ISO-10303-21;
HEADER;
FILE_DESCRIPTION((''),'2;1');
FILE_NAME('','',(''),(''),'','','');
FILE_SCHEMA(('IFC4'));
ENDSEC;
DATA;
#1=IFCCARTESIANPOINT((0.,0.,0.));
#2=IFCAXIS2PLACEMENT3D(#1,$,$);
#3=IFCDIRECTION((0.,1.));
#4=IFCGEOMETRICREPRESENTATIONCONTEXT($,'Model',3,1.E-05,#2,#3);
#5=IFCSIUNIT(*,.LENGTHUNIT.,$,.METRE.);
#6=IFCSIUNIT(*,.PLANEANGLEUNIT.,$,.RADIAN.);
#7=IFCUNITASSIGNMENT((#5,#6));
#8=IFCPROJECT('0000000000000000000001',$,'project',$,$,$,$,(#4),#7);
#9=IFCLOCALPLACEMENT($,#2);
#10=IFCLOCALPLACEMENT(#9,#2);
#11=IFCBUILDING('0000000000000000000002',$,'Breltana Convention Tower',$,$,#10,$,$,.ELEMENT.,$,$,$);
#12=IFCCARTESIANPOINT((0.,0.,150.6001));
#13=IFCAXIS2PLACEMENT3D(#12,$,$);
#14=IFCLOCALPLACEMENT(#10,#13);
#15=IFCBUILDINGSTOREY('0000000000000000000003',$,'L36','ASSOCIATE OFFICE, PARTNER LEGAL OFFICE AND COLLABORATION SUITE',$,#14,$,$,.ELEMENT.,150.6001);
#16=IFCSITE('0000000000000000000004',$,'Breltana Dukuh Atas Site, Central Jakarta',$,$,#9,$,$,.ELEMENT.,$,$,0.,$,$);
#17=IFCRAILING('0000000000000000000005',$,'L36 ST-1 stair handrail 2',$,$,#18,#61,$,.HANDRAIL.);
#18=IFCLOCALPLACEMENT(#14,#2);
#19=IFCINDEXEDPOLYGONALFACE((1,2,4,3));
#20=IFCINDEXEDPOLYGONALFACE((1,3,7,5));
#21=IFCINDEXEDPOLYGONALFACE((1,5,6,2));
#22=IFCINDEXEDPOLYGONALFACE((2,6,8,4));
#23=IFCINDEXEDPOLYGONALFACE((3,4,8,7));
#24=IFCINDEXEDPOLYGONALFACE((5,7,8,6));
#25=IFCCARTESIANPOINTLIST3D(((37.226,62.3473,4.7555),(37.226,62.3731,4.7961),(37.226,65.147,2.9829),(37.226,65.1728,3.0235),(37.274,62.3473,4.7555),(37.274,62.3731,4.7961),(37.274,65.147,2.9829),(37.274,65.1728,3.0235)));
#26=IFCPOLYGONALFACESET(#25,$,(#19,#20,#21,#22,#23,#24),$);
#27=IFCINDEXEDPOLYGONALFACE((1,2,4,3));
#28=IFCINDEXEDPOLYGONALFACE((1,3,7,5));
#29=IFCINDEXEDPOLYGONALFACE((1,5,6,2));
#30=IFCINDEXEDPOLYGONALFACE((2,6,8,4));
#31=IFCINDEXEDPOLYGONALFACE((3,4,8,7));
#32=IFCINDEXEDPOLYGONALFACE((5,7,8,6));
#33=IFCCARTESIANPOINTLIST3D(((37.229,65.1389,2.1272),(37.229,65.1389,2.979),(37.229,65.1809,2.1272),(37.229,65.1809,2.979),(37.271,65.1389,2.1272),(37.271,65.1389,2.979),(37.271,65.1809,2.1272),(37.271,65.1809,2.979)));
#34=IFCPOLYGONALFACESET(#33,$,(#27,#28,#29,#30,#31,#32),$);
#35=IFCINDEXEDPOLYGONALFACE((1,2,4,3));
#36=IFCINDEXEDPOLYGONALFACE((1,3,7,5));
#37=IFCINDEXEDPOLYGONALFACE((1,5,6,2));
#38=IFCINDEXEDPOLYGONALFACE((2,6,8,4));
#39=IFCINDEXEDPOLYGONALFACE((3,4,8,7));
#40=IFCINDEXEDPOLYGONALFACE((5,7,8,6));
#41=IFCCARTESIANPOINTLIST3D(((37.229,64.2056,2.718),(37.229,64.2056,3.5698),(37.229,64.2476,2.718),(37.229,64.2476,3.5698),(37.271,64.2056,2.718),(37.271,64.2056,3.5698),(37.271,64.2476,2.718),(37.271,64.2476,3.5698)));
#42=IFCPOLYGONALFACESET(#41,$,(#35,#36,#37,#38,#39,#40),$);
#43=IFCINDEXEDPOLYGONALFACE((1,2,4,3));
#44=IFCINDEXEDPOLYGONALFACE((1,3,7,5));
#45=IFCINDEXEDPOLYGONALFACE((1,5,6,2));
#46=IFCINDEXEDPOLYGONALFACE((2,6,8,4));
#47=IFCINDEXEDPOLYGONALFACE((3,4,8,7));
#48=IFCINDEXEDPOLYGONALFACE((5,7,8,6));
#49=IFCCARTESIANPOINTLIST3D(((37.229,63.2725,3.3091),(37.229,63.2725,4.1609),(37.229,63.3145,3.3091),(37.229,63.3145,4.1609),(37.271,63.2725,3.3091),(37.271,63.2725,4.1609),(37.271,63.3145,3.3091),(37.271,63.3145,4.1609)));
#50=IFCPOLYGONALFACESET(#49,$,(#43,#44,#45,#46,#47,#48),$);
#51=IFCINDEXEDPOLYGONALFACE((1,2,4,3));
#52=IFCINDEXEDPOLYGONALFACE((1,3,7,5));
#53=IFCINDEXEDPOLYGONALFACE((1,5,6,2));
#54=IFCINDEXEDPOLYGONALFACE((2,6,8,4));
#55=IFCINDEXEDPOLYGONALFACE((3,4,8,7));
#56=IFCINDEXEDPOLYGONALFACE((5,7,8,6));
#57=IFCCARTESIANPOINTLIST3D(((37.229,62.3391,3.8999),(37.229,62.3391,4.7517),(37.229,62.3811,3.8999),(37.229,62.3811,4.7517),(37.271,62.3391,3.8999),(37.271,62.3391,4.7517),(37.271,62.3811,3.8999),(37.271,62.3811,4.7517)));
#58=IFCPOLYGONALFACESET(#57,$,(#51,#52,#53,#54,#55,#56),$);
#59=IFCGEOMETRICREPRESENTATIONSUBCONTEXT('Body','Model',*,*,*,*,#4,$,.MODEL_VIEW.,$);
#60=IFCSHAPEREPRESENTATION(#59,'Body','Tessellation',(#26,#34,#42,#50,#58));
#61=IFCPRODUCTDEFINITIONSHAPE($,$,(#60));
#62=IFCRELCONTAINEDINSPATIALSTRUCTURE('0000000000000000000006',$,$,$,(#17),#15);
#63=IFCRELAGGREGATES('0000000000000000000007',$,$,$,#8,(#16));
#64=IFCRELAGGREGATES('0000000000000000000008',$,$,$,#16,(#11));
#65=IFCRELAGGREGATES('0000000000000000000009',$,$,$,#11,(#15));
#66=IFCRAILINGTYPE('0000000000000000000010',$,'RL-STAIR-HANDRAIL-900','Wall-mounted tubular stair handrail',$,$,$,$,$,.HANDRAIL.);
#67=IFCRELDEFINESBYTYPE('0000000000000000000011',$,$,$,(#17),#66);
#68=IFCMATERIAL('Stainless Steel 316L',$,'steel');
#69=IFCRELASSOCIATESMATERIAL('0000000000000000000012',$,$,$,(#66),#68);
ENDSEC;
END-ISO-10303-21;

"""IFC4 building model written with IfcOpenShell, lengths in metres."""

from ifc_helpers import new_model, si_unit, direction, frame, origin, origin_2d, place, context, subcontext, project, spatial, rectangle, extrude, material, type_object, element, save


model = new_model("IFC4")

# Units and contexts
model_context = context("Model", 3, precision=1e-05, world=origin(), true_north=direction((0.0, 1.0)))
body_context = subcontext(model_context, "Body", "Model", "MODEL_VIEW")
ifc_project = project(units=[si_unit("LENGTHUNIT", "METRE"), si_unit("PLANEANGLEUNIT", "RADIAN")], contexts=[model_context])

# Site, building, storey
site_placement = place(None, origin())
site = spatial("IfcSite", under=ifc_project, at=site_placement, Name="Breltana Dukuh Atas Site, Central Jakarta", CompositionType="ELEMENT", RefElevation=0.0)
building_placement = place(site_placement, origin())
building = spatial("IfcBuilding", under=site, at=building_placement, Name="Breltana Convention Tower", CompositionType="ELEMENT")
storey_placement = place(building_placement, frame((0.0, 0.0, 150.6001)))
storey = spatial("IfcBuildingStorey", under=building, at=storey_placement, Name="L36", Description="ASSOCIATE OFFICE, PARTNER LEGAL OFFICE AND COLLABORATION SUITE", CompositionType="ELEMENT", Elevation=150.6001)

# Railing
ifc_material_1 = material(Name="Stainless Steel 316L", Category="steel")
railing_type_1 = type_object("IfcRailingType", Name="RL-STAIR-HANDRAIL-900", Description="Wall-mounted tubular stair handrail", PredefinedType="HANDRAIL", material=ifc_material_1)
railing_1_placement = place(storey_placement, frame((37.25, 65.1599, 2.1272)))
element("IfcRailing", 1, at=railing_1_placement, inside=storey, type_object=railing_type_1, Name="L36 ST-1 stair handrail 2", PredefinedType="HANDRAIL", context=body_context, shape_type="SweptSolid", body=[
    extrude(rectangle(XDim=0.0481, YDim=0.0481, at=origin_2d()), frame((0.0, 0.0, 0.876), z_axis=(0.0, -0.844888, 0.534943), x_axis=(1.0, 0.0, 0.0)), (0.0, 0.0, 1.0), 3.3137),
    extrude(rectangle(XDim=0.042, YDim=0.042, at=origin_2d()), origin(), (0.0, 0.0, 1.0), 0.8518),
    extrude(rectangle(XDim=0.042, YDim=0.042, at=origin_2d()), frame((0.0, -0.9333, 0.5908)), (0.0, 0.0, 1.0), 0.8518),
    extrude(rectangle(XDim=0.042, YDim=0.042, at=origin_2d()), frame((0.0, -1.8665, 1.1819)), (0.0, 0.0, 1.0), 0.8518),
    extrude(rectangle(XDim=0.042, YDim=0.042, at=origin_2d()), frame((0.0, -2.7998, 1.7727)), (0.0, 0.0, 1.0), 0.8518),
])

save(model, "model.ifc")
